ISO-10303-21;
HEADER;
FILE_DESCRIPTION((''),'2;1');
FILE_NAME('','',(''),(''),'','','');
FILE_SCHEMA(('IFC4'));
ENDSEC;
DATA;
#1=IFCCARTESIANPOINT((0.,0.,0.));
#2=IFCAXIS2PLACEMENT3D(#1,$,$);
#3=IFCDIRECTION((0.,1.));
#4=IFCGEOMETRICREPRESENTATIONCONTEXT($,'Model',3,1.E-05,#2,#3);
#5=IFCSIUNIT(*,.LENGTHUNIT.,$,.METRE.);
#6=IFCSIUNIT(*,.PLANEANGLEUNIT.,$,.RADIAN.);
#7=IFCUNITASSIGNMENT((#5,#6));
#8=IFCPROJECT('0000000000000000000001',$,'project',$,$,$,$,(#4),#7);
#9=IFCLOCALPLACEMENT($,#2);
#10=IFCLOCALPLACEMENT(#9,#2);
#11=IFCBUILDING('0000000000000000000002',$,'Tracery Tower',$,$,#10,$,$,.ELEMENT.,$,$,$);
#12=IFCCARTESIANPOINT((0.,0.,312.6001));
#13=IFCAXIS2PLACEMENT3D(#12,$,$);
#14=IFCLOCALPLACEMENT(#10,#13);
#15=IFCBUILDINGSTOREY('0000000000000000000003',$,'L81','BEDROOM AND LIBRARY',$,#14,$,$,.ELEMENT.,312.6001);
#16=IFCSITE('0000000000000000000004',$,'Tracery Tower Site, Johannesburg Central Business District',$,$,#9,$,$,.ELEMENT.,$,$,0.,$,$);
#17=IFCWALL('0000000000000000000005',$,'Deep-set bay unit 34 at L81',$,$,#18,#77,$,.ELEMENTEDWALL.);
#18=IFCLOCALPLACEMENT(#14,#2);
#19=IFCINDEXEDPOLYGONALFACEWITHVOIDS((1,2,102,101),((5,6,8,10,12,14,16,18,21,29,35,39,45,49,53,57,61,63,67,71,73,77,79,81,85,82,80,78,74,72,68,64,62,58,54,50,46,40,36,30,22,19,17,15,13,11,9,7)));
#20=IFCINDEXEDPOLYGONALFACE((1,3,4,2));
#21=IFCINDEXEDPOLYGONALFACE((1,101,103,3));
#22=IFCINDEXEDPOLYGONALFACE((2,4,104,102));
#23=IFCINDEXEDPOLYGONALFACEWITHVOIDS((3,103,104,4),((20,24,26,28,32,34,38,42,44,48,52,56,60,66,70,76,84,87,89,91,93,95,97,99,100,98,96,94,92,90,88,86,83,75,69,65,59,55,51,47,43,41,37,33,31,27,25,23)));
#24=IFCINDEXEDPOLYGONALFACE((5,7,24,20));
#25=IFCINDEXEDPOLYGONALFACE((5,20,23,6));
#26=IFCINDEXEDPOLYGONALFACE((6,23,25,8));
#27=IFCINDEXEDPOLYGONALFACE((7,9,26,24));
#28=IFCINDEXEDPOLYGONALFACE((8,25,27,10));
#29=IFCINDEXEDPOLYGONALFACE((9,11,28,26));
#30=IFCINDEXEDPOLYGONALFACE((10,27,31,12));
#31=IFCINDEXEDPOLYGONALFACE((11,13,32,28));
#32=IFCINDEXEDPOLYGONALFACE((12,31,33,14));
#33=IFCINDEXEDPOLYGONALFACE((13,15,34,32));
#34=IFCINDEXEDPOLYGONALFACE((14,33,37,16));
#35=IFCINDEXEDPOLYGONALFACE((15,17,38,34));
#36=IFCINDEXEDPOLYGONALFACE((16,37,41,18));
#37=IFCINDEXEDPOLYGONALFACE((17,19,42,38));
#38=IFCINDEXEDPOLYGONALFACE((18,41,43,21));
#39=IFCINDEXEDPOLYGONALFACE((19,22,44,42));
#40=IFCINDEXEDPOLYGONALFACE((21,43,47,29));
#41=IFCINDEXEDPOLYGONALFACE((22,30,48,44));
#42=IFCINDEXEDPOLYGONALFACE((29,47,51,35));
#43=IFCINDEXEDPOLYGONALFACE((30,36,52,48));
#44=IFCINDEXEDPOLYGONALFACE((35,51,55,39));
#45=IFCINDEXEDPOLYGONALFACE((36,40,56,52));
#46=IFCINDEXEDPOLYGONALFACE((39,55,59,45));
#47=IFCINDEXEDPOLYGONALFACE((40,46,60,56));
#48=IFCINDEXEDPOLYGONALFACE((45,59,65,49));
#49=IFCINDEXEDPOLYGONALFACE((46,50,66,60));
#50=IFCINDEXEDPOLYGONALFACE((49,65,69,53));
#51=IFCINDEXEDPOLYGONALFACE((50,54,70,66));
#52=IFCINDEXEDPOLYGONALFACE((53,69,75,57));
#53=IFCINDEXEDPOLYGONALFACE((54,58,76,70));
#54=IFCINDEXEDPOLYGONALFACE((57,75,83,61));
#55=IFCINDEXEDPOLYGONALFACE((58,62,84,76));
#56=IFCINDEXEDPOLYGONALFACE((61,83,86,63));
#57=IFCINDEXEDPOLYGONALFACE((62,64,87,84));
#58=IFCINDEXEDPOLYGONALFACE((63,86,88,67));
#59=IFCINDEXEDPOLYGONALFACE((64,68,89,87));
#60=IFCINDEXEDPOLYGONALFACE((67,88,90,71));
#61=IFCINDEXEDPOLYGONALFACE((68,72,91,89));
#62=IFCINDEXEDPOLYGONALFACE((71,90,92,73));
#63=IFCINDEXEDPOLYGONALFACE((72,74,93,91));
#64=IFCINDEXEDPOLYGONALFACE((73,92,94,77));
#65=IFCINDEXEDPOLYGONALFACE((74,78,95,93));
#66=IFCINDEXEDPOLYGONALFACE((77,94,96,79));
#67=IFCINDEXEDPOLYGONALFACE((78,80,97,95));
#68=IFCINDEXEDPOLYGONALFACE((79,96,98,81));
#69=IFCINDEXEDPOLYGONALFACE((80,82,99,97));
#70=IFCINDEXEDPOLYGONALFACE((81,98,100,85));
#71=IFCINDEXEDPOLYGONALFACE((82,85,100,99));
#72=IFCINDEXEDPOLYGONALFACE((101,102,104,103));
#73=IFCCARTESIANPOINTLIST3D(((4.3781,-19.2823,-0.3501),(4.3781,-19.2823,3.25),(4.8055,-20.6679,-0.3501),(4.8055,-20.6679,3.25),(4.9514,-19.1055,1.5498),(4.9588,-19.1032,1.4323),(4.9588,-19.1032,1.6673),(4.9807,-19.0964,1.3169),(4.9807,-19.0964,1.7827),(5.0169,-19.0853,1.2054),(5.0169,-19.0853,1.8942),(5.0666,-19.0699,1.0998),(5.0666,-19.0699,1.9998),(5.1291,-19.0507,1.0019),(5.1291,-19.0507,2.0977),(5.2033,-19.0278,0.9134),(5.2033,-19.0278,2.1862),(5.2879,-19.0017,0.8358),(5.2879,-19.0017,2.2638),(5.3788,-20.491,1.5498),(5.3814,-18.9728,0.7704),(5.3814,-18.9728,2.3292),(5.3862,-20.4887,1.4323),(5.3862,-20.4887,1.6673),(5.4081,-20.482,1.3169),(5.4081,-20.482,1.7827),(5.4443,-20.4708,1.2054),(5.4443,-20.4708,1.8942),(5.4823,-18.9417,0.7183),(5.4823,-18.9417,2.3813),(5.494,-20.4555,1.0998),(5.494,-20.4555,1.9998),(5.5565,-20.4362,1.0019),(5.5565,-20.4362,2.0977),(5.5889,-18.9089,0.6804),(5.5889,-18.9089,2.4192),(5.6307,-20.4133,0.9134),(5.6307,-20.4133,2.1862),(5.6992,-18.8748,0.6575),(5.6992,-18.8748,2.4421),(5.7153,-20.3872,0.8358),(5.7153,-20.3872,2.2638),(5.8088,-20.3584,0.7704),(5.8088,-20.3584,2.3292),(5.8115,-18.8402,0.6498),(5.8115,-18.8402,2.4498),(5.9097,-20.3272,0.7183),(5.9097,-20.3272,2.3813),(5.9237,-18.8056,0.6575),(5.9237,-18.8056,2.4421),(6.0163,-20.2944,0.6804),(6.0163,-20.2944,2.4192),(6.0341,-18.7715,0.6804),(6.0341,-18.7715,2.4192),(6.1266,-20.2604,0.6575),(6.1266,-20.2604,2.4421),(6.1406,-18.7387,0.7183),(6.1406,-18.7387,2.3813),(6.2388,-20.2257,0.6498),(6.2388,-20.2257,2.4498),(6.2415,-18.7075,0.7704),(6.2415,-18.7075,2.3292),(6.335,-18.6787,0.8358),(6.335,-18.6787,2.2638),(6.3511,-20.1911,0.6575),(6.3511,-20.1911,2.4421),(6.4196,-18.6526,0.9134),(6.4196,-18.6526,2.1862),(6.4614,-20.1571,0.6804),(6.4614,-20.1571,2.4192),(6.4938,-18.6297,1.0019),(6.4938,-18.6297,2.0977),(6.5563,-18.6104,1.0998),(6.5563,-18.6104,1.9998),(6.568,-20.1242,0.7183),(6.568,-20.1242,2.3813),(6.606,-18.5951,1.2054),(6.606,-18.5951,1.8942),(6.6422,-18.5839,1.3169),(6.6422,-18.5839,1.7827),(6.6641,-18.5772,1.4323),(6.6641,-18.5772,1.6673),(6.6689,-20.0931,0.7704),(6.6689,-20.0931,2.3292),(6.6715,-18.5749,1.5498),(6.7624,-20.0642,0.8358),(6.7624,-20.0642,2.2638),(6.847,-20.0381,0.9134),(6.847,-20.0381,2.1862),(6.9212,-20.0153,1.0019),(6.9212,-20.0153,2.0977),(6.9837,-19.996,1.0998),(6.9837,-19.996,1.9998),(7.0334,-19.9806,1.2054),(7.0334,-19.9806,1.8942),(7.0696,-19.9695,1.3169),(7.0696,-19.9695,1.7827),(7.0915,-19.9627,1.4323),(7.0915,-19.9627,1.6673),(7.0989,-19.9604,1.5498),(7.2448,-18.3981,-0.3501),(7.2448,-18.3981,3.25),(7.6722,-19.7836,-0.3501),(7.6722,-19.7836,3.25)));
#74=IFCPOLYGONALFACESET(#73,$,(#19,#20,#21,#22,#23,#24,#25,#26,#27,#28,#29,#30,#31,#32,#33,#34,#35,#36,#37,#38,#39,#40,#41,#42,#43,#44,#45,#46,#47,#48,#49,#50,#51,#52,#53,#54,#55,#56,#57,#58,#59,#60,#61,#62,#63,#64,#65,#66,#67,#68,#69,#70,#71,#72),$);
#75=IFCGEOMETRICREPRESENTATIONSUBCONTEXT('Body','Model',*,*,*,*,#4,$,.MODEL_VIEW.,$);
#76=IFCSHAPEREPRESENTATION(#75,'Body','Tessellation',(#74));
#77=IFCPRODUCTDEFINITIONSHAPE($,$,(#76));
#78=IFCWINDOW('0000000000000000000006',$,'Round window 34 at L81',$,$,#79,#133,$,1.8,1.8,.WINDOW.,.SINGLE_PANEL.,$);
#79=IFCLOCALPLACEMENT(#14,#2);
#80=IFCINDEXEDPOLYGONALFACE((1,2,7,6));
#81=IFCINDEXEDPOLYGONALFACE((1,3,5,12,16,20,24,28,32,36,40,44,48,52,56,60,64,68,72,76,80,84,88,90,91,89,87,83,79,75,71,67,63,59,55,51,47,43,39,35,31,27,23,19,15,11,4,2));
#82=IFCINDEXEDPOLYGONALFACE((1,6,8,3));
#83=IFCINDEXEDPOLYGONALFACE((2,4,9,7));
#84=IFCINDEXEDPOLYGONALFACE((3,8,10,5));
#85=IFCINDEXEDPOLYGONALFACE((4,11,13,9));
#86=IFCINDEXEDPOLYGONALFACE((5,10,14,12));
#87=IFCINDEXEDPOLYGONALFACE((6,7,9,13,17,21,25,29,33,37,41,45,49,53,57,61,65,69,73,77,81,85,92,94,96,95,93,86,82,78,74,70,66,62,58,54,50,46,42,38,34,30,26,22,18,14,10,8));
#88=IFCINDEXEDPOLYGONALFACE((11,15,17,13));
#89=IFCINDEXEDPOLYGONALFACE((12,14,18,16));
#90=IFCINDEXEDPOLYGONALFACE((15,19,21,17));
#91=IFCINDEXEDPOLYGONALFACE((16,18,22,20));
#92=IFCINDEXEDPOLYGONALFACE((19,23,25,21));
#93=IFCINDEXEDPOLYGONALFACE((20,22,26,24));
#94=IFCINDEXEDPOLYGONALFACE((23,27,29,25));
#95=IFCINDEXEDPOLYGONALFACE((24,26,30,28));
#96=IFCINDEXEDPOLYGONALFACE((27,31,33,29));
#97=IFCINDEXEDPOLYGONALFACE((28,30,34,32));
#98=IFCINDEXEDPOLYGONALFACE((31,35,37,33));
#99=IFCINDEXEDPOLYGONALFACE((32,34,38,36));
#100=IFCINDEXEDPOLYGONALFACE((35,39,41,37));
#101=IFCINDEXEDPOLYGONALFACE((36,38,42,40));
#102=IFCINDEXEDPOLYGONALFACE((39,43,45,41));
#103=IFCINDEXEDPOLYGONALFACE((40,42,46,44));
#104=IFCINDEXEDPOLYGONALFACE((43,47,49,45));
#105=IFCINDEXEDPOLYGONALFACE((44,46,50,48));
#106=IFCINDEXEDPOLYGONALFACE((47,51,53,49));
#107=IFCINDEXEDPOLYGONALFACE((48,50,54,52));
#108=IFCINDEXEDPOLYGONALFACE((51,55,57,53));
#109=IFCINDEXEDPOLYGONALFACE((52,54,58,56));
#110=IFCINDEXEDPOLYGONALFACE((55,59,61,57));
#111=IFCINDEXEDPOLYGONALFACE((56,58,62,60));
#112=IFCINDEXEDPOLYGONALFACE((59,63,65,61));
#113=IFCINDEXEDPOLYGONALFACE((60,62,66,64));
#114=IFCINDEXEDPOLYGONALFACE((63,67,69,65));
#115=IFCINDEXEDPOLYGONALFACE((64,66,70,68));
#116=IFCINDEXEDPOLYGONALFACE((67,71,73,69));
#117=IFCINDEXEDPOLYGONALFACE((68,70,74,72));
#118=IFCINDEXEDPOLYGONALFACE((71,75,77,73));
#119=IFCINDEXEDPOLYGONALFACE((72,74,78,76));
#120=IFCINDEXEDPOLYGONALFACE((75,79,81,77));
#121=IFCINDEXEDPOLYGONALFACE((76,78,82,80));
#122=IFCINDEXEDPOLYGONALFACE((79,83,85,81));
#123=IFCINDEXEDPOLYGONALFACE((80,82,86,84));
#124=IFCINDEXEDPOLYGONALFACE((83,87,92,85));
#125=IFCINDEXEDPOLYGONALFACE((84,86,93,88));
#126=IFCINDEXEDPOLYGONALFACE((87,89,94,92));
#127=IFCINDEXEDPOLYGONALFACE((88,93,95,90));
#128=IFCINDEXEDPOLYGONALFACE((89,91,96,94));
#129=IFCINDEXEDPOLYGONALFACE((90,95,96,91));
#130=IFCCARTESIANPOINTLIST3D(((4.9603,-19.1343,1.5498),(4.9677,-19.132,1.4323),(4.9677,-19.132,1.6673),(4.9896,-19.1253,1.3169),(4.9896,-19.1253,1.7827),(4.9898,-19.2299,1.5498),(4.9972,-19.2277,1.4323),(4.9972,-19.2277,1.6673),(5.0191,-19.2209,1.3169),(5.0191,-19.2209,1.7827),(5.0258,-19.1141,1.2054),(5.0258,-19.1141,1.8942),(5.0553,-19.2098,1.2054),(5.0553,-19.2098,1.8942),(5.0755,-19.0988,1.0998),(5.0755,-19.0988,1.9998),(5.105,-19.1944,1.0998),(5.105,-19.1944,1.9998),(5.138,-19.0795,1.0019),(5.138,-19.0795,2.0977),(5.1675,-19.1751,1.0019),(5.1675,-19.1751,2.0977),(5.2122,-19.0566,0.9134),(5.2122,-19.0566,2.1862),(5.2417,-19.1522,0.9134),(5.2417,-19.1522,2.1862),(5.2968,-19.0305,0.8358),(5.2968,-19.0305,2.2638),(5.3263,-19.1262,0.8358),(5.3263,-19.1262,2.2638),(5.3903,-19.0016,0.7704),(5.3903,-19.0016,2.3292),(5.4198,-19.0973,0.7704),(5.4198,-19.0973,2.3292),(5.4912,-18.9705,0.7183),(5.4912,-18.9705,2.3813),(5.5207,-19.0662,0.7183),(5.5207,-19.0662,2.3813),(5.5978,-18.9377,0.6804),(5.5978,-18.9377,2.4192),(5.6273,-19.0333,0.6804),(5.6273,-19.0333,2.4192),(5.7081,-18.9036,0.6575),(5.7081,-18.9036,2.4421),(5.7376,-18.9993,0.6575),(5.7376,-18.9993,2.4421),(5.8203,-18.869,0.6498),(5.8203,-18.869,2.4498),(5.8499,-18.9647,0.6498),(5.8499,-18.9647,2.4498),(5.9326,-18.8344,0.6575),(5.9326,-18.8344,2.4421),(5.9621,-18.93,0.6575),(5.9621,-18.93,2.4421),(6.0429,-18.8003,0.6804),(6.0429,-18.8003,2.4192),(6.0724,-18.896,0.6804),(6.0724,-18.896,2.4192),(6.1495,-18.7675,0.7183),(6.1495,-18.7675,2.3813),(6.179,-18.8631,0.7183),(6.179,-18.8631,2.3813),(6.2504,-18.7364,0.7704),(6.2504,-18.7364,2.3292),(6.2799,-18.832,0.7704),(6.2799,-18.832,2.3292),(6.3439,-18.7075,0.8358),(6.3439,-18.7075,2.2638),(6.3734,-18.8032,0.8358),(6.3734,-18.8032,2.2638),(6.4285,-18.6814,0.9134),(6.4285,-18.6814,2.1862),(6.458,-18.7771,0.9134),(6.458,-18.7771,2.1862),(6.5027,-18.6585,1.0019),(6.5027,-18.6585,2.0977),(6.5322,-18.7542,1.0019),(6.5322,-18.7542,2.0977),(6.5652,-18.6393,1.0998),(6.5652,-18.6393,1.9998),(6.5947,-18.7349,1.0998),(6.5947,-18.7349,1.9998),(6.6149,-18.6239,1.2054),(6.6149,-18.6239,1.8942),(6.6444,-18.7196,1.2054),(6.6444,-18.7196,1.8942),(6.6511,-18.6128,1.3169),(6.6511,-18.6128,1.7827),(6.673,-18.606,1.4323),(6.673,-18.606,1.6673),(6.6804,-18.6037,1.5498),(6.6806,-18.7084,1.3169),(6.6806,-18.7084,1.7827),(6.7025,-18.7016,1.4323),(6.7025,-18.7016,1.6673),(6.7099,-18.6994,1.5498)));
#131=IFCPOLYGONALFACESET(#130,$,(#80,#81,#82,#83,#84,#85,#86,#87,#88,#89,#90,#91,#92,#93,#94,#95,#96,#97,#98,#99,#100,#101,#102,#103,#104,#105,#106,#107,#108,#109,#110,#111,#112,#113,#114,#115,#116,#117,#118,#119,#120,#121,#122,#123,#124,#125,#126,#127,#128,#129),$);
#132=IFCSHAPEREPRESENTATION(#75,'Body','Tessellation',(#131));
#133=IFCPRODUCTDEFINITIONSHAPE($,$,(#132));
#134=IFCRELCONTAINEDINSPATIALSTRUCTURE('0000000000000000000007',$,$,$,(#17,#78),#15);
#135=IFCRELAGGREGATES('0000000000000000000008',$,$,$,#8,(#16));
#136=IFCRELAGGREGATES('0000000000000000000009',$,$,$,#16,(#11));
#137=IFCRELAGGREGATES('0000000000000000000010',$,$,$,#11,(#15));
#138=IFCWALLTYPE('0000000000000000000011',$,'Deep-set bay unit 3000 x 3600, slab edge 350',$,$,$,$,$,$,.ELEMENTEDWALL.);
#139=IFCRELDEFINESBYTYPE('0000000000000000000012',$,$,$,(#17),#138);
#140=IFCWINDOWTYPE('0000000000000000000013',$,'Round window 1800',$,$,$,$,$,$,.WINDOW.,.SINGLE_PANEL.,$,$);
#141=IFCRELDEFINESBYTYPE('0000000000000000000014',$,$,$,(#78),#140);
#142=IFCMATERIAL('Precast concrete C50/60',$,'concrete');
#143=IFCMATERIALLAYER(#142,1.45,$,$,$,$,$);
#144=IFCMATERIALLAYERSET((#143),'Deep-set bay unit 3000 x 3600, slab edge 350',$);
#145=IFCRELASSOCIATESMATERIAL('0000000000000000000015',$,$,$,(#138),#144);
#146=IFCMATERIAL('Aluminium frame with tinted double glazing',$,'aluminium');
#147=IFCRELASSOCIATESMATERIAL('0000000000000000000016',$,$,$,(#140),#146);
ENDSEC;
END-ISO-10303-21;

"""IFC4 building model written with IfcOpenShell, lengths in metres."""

from ifc_helpers import new_model, si_unit, direction, frame, frame_2d, origin, origin_2d, place, context, subcontext, project, spatial, rectangle, circle, extrude, material, layer, layer_set, type_object, element, fill, save


model = new_model("IFC4")

# Units and contexts
model_context = context("Model", 3, precision=1e-05, world=origin(), true_north=direction((0.0, 1.0)))
body_context = subcontext(model_context, "Body", "Model", "MODEL_VIEW")
ifc_project = project(units=[si_unit("LENGTHUNIT", "METRE"), si_unit("PLANEANGLEUNIT", "RADIAN")], contexts=[model_context])

# Site, building, storey
site_placement = place(None, origin())
site = spatial("IfcSite", under=ifc_project, at=site_placement, Name="Tracery Tower Site, Johannesburg Central Business District", CompositionType="ELEMENT", RefElevation=0.0)
building_placement = place(site_placement, origin())
building = spatial("IfcBuilding", under=site, at=building_placement, Name="Tracery Tower", CompositionType="ELEMENT")
storey_placement = place(building_placement, frame((0.0, 0.0, 312.6001)))
storey = spatial("IfcBuildingStorey", under=building, at=storey_placement, Name="L81", Description="BEDROOM AND LIBRARY", CompositionType="ELEMENT", Elevation=312.6001)

# Wall, opening, window
ifc_material_1 = material(Name="Precast concrete C50/60", Category="concrete")
ifc_layer_1 = layer(ifc_material_1, 1.45)
ifc_layer_set_1 = layer_set([ifc_layer_1], Name="Deep-set bay unit 3000 x 3600, slab edge 350")
wall_type_1 = type_object("IfcWallType", Name="Deep-set bay unit 3000 x 3600, slab edge 350", PredefinedType="ELEMENTEDWALL", material=ifc_layer_set_1)
wall_1_placement = place(storey_placement, frame((4.5918, -19.9751, -0.3501), z_axis=(0.0, 0.0, 1.0), x_axis=(0.955571, 0.294761, 0.0)))
wall_1 = element("IfcWall", 1, at=wall_1_placement, inside=storey, type_object=wall_type_1, Name="Deep-set bay unit 34 at L81", PredefinedType="ELEMENTEDWALL", context=body_context, shape_type="SweptSolid", body=[
    extrude(rectangle(XDim=3.0, YDim=1.45, at=frame_2d((1.5, 0.0))), origin(), (0.0, 0.0, 1.0), 3.6001),
])
opening_1_placement = place(wall_1_placement, frame((1.5, 0.0, 1.8999)))
opening_1 = element("IfcOpeningElement", 2, at=opening_1_placement, cuts=wall_1, PredefinedType="OPENING", context=body_context, shape_type="SweptSolid", body=[
    extrude(circle(Radius=0.9, at=origin_2d()), frame((0.0, 0.7349, 0.0), z_axis=(0.0, -1.0, 0.0), x_axis=(1.0, 0.0, 0.0)), (0.0, 0.0, 1.0), 1.47),
])
ifc_material_2 = material(Name="Aluminium frame with tinted double glazing", Category="aluminium")
window_type = type_object("IfcWindowType", Name="Round window 1800", PartitioningType="SINGLE_PANEL", PredefinedType="WINDOW", material=ifc_material_2)
window_1_placement = place(opening_1_placement, origin())
window_1 = element("IfcWindow", 3, at=window_1_placement, inside=storey, type_object=window_type, Name="Round window 34 at L81", OverallHeight=1.8, OverallWidth=1.8, PartitioningType="SINGLE_PANEL", PredefinedType="WINDOW", context=body_context, shape_type="SweptSolid", body=[
    extrude(circle(Radius=0.9, at=origin_2d()), frame((0.0, 0.6948, 0.0), z_axis=(0.0, -1.0, 0.0), x_axis=(1.0, 0.0, 0.0)), (0.0, 0.0, 1.0), 0.1001),
])
fill(opening_1, window_1)

save(model, "model.ifc")
